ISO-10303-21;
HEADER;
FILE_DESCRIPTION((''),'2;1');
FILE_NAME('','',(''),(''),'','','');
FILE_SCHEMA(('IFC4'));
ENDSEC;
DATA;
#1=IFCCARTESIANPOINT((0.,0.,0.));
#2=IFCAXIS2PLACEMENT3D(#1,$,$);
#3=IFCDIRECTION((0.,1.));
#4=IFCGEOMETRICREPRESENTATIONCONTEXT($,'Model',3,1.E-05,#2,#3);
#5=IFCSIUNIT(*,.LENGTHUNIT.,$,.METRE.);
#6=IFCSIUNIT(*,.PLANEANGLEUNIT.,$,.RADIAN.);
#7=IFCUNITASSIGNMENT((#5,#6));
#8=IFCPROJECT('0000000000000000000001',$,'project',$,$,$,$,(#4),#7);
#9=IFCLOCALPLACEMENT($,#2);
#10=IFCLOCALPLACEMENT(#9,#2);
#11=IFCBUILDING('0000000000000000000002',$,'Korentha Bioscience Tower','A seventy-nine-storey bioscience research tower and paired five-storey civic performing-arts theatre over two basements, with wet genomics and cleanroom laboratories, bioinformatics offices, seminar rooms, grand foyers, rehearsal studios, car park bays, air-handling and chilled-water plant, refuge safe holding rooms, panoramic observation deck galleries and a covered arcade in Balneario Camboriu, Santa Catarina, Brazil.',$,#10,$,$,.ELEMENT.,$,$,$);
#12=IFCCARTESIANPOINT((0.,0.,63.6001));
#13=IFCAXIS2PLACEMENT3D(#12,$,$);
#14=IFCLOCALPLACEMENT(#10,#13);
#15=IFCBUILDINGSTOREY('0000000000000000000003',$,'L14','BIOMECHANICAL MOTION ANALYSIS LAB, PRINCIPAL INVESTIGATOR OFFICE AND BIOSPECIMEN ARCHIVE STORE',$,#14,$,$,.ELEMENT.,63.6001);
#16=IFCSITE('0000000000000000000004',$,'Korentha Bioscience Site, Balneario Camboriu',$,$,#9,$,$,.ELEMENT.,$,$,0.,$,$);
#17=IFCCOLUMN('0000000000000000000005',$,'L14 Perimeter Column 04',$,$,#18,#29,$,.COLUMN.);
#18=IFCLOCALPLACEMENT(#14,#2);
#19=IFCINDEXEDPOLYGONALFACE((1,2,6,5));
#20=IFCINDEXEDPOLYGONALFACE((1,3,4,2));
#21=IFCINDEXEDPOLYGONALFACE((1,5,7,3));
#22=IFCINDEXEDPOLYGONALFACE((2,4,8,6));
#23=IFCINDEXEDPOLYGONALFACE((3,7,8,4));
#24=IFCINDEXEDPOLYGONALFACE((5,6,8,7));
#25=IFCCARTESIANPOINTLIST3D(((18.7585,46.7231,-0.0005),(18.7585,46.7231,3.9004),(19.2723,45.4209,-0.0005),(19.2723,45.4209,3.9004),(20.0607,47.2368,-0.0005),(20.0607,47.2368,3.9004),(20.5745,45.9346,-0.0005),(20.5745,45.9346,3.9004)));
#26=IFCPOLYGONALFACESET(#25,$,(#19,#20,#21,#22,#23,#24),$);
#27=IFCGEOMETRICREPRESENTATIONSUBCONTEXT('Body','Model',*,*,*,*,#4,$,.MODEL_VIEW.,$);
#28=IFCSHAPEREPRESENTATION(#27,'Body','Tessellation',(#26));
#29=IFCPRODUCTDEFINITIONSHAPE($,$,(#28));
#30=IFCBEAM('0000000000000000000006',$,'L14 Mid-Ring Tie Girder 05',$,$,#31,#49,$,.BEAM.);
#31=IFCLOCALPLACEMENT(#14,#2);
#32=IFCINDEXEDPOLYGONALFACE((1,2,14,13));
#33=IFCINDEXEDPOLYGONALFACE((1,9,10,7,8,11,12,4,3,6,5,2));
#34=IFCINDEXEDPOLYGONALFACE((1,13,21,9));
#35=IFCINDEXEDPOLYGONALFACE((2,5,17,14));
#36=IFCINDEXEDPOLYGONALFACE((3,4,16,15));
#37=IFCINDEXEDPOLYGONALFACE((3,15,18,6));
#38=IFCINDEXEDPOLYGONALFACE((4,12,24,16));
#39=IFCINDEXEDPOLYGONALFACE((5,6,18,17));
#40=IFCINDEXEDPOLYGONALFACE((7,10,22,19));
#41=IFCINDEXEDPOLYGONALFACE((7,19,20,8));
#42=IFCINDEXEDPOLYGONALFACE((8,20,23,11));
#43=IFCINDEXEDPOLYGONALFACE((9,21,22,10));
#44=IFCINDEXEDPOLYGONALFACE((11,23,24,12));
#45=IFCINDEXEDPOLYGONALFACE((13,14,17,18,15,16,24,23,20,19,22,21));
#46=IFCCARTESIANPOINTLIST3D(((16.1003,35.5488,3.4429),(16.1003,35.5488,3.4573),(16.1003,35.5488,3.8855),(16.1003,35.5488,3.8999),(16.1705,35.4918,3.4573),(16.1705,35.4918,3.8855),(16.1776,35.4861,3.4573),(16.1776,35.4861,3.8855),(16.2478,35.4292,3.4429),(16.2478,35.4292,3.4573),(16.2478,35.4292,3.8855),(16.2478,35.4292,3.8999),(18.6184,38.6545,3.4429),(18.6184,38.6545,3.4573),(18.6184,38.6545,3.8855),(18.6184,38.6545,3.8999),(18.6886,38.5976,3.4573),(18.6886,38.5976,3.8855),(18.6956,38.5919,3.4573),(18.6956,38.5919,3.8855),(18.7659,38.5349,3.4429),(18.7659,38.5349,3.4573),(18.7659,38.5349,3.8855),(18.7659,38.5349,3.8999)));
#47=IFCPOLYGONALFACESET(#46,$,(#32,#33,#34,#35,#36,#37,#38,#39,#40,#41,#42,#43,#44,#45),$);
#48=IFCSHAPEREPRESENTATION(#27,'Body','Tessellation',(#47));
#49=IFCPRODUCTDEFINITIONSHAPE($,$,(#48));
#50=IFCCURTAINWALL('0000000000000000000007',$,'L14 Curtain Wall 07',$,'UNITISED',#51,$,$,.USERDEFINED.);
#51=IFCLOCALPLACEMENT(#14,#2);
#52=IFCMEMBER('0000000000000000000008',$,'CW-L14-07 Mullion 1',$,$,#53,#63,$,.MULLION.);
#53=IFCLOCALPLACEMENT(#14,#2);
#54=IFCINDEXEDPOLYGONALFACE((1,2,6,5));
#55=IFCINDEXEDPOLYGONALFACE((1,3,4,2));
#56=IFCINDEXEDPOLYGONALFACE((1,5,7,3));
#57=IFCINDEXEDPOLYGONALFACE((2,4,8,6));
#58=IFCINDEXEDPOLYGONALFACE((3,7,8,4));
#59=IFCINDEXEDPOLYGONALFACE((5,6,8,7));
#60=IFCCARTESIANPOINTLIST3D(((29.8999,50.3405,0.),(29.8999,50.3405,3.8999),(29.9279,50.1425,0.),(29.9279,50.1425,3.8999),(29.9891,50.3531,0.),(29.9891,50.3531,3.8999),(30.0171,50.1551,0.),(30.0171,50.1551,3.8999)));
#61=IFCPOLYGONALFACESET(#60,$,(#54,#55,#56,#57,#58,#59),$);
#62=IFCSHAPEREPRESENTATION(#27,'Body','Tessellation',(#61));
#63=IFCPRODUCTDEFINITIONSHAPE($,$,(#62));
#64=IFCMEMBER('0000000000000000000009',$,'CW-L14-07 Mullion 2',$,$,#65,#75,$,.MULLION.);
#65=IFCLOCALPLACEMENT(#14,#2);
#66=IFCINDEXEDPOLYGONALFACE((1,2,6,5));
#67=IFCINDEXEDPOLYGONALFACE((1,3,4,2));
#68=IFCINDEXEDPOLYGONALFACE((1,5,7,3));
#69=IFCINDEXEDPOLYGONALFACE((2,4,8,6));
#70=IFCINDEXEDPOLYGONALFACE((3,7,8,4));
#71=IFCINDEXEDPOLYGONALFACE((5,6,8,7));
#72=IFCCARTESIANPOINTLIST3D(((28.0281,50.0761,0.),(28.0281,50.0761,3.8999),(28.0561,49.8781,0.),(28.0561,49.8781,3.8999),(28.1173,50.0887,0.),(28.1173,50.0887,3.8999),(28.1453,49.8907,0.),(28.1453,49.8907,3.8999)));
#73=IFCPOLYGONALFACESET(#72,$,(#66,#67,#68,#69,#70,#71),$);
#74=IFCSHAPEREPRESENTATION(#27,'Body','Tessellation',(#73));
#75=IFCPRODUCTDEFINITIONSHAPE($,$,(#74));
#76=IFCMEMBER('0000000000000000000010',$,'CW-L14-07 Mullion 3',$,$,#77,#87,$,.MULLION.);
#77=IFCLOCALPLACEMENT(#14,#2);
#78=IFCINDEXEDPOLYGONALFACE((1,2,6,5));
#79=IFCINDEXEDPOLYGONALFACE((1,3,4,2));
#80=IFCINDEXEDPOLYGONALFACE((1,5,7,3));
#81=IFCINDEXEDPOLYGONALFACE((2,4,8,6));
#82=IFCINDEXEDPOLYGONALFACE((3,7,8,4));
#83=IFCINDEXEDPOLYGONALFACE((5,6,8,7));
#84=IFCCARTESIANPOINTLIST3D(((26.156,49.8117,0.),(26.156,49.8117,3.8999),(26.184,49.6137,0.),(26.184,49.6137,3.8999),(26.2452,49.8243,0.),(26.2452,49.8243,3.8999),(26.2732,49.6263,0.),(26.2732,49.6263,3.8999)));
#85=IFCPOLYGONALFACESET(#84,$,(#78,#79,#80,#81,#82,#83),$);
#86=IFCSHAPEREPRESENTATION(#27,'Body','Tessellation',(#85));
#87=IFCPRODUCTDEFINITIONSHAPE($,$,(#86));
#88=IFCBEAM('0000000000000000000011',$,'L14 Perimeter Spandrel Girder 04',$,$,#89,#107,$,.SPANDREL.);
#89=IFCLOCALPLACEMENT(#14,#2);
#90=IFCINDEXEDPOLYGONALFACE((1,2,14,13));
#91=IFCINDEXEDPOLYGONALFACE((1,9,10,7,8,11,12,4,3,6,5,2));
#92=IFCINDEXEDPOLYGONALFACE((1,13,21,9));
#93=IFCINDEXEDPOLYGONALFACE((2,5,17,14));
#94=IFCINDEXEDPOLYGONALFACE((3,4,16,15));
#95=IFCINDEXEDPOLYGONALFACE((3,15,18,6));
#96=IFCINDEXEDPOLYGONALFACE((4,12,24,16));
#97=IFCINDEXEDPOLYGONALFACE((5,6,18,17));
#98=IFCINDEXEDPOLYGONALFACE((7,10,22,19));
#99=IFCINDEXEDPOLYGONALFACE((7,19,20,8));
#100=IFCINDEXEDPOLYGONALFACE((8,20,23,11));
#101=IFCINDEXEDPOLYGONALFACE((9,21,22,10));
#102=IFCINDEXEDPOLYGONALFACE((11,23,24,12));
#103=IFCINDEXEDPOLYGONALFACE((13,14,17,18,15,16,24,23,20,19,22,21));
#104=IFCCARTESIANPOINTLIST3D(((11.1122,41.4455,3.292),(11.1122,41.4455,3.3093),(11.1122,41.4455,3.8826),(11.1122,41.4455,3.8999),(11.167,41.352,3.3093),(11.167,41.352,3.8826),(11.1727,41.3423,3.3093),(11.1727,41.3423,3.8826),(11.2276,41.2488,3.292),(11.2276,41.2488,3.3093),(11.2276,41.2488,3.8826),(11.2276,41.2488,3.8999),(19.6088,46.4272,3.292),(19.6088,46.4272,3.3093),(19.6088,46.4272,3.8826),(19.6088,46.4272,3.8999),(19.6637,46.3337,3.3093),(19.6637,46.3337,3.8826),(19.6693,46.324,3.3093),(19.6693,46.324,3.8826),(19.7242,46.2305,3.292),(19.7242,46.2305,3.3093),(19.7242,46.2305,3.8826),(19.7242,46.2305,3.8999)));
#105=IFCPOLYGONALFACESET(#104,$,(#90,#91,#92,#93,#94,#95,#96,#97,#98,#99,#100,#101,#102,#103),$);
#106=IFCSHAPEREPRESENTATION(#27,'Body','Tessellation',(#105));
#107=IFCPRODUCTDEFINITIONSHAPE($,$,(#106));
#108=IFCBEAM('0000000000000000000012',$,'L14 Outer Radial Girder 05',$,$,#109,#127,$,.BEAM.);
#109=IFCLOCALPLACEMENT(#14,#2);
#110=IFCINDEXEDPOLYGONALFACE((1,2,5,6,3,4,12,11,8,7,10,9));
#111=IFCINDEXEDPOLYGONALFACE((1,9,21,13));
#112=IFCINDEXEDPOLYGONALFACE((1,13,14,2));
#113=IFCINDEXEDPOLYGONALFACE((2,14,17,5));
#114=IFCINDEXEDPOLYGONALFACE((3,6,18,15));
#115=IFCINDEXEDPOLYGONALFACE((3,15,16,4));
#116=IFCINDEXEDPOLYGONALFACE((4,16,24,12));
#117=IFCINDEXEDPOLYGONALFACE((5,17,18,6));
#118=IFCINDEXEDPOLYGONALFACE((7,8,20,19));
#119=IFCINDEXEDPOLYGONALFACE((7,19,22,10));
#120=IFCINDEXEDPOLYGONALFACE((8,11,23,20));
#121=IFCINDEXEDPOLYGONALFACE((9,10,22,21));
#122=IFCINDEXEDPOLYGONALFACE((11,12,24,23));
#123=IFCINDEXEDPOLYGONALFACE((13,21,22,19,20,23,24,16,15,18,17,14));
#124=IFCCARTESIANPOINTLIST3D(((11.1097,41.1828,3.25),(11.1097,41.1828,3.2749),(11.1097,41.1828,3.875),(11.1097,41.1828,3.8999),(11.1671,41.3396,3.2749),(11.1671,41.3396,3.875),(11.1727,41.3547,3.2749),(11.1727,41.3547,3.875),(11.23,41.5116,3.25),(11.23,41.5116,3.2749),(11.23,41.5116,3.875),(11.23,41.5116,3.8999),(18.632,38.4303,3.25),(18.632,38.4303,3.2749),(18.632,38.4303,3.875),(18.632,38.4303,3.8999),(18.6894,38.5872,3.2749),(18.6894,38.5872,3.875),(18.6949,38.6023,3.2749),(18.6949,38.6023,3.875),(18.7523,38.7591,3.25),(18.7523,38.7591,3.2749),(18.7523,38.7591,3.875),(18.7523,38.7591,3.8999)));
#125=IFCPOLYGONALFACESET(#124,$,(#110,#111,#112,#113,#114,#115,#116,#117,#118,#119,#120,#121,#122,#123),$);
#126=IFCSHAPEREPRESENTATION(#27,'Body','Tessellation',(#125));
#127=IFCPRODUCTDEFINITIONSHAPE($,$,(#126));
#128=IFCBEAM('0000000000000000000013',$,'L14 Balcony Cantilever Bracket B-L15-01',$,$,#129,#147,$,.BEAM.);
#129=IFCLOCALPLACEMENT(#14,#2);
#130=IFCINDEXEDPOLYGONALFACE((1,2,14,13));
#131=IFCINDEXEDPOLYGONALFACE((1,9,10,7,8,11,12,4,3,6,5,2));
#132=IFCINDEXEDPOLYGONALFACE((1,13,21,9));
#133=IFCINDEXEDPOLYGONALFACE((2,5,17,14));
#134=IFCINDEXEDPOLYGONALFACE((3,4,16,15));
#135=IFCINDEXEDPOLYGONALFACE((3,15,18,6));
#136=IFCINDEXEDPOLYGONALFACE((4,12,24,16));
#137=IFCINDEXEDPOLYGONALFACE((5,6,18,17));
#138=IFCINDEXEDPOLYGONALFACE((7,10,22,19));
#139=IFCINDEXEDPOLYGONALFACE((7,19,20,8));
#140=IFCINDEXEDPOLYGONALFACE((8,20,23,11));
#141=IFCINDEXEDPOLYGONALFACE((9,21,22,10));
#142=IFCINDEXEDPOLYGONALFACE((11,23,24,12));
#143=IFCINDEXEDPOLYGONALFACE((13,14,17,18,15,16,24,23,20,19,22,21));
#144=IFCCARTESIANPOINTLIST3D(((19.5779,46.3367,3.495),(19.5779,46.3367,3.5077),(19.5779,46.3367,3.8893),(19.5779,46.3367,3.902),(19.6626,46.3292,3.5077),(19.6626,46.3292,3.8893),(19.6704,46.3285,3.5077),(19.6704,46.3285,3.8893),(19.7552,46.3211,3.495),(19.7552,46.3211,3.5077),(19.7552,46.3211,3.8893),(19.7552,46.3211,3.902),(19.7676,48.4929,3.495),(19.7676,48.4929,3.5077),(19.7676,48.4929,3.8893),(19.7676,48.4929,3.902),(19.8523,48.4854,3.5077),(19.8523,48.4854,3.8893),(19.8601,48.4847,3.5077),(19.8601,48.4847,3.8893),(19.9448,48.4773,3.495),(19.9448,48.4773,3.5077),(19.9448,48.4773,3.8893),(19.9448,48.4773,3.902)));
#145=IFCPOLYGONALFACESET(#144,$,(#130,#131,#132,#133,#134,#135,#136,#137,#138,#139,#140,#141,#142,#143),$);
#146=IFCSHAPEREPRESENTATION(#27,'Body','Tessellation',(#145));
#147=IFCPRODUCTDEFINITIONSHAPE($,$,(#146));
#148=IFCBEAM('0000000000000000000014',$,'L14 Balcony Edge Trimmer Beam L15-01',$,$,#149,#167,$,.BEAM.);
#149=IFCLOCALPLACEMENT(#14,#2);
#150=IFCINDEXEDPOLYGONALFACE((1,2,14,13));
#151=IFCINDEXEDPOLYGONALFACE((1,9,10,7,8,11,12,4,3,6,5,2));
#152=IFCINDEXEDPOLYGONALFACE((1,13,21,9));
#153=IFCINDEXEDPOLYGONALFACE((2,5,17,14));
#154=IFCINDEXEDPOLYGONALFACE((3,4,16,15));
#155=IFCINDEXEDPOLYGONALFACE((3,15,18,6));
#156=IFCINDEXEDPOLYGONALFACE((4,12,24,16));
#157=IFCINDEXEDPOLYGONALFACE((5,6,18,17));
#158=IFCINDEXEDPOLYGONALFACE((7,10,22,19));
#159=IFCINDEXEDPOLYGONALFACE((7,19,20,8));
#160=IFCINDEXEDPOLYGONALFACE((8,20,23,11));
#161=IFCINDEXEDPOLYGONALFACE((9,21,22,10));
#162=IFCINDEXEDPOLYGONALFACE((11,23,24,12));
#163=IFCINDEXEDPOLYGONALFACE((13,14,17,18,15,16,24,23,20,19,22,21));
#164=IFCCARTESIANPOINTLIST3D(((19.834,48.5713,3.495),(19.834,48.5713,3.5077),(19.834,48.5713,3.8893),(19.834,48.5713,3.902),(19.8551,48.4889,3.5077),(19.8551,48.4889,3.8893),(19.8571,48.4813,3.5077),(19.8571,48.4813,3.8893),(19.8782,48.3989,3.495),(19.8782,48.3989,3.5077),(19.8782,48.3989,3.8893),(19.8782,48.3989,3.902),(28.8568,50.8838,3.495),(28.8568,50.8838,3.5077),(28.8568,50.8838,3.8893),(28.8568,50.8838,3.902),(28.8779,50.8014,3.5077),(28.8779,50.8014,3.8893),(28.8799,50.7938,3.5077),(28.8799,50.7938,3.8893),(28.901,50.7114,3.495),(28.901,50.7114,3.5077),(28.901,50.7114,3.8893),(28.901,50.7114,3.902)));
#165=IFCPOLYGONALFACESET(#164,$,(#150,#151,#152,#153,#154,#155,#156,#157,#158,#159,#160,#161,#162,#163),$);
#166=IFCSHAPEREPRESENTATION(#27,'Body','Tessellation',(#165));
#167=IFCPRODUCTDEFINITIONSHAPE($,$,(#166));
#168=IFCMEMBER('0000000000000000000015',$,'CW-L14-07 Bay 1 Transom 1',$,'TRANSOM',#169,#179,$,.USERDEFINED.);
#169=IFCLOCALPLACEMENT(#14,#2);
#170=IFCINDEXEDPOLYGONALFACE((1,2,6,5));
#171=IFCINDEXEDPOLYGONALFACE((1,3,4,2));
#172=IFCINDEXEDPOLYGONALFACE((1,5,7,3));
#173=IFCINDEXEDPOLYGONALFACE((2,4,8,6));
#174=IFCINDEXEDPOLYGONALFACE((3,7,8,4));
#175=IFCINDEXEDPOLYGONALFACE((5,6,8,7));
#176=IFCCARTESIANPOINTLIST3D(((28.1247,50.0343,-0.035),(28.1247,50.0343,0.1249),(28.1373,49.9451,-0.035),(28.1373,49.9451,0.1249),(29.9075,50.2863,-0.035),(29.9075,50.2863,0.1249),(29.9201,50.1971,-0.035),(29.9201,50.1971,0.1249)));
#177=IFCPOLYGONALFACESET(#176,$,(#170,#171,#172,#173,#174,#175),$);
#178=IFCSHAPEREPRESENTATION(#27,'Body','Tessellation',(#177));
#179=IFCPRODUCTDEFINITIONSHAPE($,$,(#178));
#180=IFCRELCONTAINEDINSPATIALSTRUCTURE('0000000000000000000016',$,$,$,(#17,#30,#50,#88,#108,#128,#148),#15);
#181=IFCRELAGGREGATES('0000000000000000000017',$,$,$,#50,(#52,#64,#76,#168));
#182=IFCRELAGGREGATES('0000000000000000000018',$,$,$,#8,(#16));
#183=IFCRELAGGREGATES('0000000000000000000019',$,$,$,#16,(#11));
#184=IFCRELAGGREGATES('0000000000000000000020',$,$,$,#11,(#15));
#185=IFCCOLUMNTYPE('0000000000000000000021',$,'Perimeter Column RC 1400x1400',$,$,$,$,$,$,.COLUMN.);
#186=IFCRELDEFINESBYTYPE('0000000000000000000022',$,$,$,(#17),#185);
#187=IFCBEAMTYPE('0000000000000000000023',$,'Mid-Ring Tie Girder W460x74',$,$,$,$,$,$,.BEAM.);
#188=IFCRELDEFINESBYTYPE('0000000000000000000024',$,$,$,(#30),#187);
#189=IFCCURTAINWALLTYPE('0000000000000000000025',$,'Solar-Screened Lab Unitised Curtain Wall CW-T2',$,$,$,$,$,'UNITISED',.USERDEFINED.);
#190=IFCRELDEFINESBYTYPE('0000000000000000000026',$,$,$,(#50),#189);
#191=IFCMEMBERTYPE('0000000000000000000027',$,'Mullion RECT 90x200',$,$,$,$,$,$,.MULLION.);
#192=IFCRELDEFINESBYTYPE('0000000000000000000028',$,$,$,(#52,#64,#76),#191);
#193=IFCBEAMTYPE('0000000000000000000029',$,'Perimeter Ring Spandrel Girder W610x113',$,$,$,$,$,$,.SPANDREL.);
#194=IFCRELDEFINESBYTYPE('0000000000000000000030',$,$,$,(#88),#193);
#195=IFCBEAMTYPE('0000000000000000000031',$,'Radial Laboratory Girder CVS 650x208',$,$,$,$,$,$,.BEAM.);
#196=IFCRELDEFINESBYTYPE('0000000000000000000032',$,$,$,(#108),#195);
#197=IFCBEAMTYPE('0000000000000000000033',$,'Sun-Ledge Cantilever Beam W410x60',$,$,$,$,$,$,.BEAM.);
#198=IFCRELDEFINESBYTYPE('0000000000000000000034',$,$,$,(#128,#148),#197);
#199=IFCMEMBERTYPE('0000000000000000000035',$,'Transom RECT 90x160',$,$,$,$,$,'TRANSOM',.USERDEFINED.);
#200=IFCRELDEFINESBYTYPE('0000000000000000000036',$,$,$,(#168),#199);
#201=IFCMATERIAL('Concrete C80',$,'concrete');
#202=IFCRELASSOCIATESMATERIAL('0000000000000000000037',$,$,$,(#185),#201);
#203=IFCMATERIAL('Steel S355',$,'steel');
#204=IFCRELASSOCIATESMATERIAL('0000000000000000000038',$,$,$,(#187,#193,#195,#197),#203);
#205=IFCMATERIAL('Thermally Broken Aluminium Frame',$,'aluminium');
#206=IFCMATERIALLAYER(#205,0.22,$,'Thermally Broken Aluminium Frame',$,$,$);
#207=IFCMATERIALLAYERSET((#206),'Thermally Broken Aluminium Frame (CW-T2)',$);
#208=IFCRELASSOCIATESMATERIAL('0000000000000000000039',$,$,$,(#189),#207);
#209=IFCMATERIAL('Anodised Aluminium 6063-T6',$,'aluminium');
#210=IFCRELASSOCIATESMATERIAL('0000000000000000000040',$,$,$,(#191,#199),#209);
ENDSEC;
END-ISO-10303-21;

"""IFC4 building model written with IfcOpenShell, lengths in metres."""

from ifc_helpers import new_model, si_unit, direction, frame, origin, origin_2d, place, context, subcontext, project, spatial, rectangle, i_section, extrude, material, layer, layer_set, material_profile, profile_set, type_object, element, aggregate, save


model = new_model("IFC4")

# Units and contexts
model_context = context("Model", 3, precision=1e-05, world=origin(), true_north=direction((0.0, 1.0)))
body_context = subcontext(model_context, "Body", "Model", "MODEL_VIEW")
ifc_project = project(units=[si_unit("LENGTHUNIT", "METRE"), si_unit("PLANEANGLEUNIT", "RADIAN")], contexts=[model_context])

# Site, building, storey
site_placement = place(None, origin())
site = spatial("IfcSite", under=ifc_project, at=site_placement, Name="Korentha Bioscience Site, Balneario Camboriu", CompositionType="ELEMENT", RefElevation=0.0)
building_placement = place(site_placement, origin())
building = spatial("IfcBuilding", under=site, at=building_placement, Name="Korentha Bioscience Tower", Description="A seventy-nine-storey bioscience research tower and paired five-storey civic performing-arts theatre over two basements, with wet genomics and cleanroom laboratories, bioinformatics offices, seminar rooms, grand foyers, rehearsal studios, car park bays, air-handling and chilled-water plant, refuge safe holding rooms, panoramic observation deck galleries and a covered arcade in Balneario Camboriu, Santa Catarina, Brazil.", CompositionType="ELEMENT")
storey_placement = place(building_placement, frame((0.0, 0.0, 63.6001)))
storey = spatial("IfcBuildingStorey", under=building, at=storey_placement, Name="L14", Description="BIOMECHANICAL MOTION ANALYSIS LAB, PRINCIPAL INVESTIGATOR OFFICE AND BIOSPECIMEN ARCHIVE STORE", CompositionType="ELEMENT", Elevation=63.6001)

# Column
ifc_material_1 = material(Name="Concrete C80", Category="concrete")
ifc_material_profile_1 = material_profile(ifc_material_1, rectangle(XDim=1.3999, YDim=1.3999, at=origin_2d()), Name="Concrete C80")
ifc_profile_set_1 = profile_set([ifc_material_profile_1], Name="Concrete C80 (COL-P14)")
column_type = type_object("IfcColumnType", Name="Perimeter Column RC 1400x1400", PredefinedType="COLUMN", material=ifc_profile_set_1)
column_placement = place(storey_placement, frame((19.6665, 46.3289, -0.0005), z_axis=(0.0, 0.0, 1.0), x_axis=(0.930226, 0.366988, 0.0)))
element("IfcColumn", 1, at=column_placement, inside=storey, type_object=column_type, Name="L14 Perimeter Column 04", PredefinedType="COLUMN", context=body_context, shape_type="SweptSolid", body=[
    extrude(rectangle(XDim=1.3999, YDim=1.3999, at=origin_2d()), origin(), (0.0, 0.0, 1.0), 3.9009),
])

# Beam
ifc_material_2 = material(Name="Steel S355", Category="steel")
ifc_material_profile_2 = material_profile(ifc_material_2, i_section(OverallWidth=0.1899, OverallDepth=0.457, WebThickness=0.009, FlangeThickness=0.0144, at=origin_2d()), Name="Steel S355")
ifc_profile_set_2 = profile_set([ifc_material_profile_2], Name="Steel S355 (MB-460)")
beam_type_1 = type_object("IfcBeamType", Name="Mid-Ring Tie Girder W460x74", PredefinedType="BEAM", material=ifc_profile_set_2)
beam_1_placement = place(storey_placement, frame((18.6921, 38.5947, 3.6714), z_axis=(-0.62979, -0.776765, 0.0), x_axis=(0.776765, -0.62979, 0.0)))
element("IfcBeam", 2, at=beam_1_placement, inside=storey, type_object=beam_type_1, Name="L14 Mid-Ring Tie Girder 05", PredefinedType="BEAM", context=body_context, shape_type="SweptSolid", body=[
    extrude(i_section(OverallWidth=0.1899, OverallDepth=0.457, WebThickness=0.009, FlangeThickness=0.0144, at=origin_2d()), origin(), (0.0, 0.0, 1.0), 3.9983),
])

# Curtain wall, members
ifc_material_3 = material(Name="Thermally Broken Aluminium Frame", Category="aluminium")
ifc_layer_1 = layer(ifc_material_3, 0.22, Name="Thermally Broken Aluminium Frame")
ifc_layer_set_1 = layer_set([ifc_layer_1], Name="Thermally Broken Aluminium Frame (CW-T2)")
curtain_wall_type = type_object("IfcCurtainWallType", Name="Solar-Screened Lab Unitised Curtain Wall CW-T2", ElementType="UNITISED", PredefinedType="USERDEFINED", material=ifc_layer_set_1)
curtain_wall_placement = place(storey_placement, origin())
curtain_wall = element("IfcCurtainWall", 3, at=curtain_wall_placement, inside=storey, type_object=curtain_wall_type, Name="L14 Curtain Wall 07", ObjectType="UNITISED", PredefinedType="USERDEFINED")
ifc_material_4 = material(Name="Anodised Aluminium 6063-T6", Category="aluminium")
ifc_material_profile_3 = material_profile(ifc_material_4, rectangle(XDim=0.0901, YDim=0.2, at=origin_2d()), Name="Anodised Aluminium 6063-T6")
ifc_profile_set_3 = profile_set([ifc_material_profile_3], Name="Anodised Aluminium 6063-T6 (CW-MUL)")
member_type_1 = type_object("IfcMemberType", Name="Mullion RECT 90x200", PredefinedType="MULLION", material=ifc_profile_set_3)
member_1_placement = place(storey_placement, frame((29.9585, 50.2478, 0.0), z_axis=(0.0, 0.0, 1.0), x_axis=(-0.990167, -0.139888, 0.0)))
member_1 = element("IfcMember", 4, at=member_1_placement, type_object=member_type_1, Name="CW-L14-07 Mullion 1", PredefinedType="MULLION", context=body_context, shape_type="SweptSolid", body=[
    extrude(rectangle(XDim=0.0901, YDim=0.2, at=origin_2d()), origin(), (0.0, 0.0, 1.0), 3.8999),
])
member_2_placement = place(storey_placement, frame((28.0867, 49.9834, 0.0), z_axis=(0.0, 0.0, 1.0), x_axis=(-0.990167, -0.139888, 0.0)))
member_2 = element("IfcMember", 5, at=member_2_placement, type_object=member_type_1, Name="CW-L14-07 Mullion 2", PredefinedType="MULLION", context=body_context, shape_type="SweptSolid", body=[
    extrude(rectangle(XDim=0.0901, YDim=0.2, at=origin_2d()), origin(), (0.0, 0.0, 1.0), 3.8999),
])
member_3_placement = place(storey_placement, frame((26.2146, 49.719, 0.0), z_axis=(0.0, 0.0, 1.0), x_axis=(-0.990167, -0.139888, 0.0)))
member_3 = element("IfcMember", 6, at=member_3_placement, type_object=member_type_1, Name="CW-L14-07 Mullion 3", PredefinedType="MULLION", context=body_context, shape_type="SweptSolid", body=[
    extrude(rectangle(XDim=0.0901, YDim=0.2, at=origin_2d()), origin(), (0.0, 0.0, 1.0), 3.8999),
])

# Beams
ifc_material_profile_4 = material_profile(ifc_material_2, i_section(OverallWidth=0.228, OverallDepth=0.6079, WebThickness=0.0112, FlangeThickness=0.0173, at=origin_2d()), Name="Steel S355")
ifc_profile_set_4 = profile_set([ifc_material_profile_4], Name="Steel S355 (SB-610)")
beam_type_2 = type_object("IfcBeamType", Name="Perimeter Ring Spandrel Girder W610x113", PredefinedType="SPANDREL", material=ifc_profile_set_4)
beam_2_placement = place(storey_placement, frame((19.6665, 46.3289, 3.5959), z_axis=(-0.862657, -0.50579, 0.0), x_axis=(0.50579, -0.862657, 0.0)))
element("IfcBeam", 7, at=beam_2_placement, inside=storey, type_object=beam_type_2, Name="L14 Perimeter Spandrel Girder 04", PredefinedType="SPANDREL", context=body_context, shape_type="SweptSolid", body=[
    extrude(i_section(OverallWidth=0.228, OverallDepth=0.6079, WebThickness=0.0112, FlangeThickness=0.0173, at=origin_2d()), origin(), (0.0, 0.0, 1.0), 9.8494),
])
ifc_material_profile_5 = material_profile(ifc_material_2, i_section(OverallWidth=0.3501, OverallDepth=0.6499, WebThickness=0.0161, FlangeThickness=0.0249, at=origin_2d()), Name="Steel S355")
ifc_profile_set_5 = profile_set([ifc_material_profile_5], Name="Steel S355 (RB-650)")
beam_type_3 = type_object("IfcBeamType", Name="Radial Laboratory Girder CVS 650x208", PredefinedType="BEAM", material=ifc_profile_set_5)
beam_3_placement = place(storey_placement, frame((18.6921, 38.5947, 3.575), z_axis=(-0.939106, 0.343627, 0.0), x_axis=(-0.343627, -0.939106, 0.0)))
element("IfcBeam", 8, at=beam_3_placement, inside=storey, type_object=beam_type_3, Name="L14 Outer Radial Girder 05", PredefinedType="BEAM", context=body_context, shape_type="SweptSolid", body=[
    extrude(i_section(OverallWidth=0.3501, OverallDepth=0.6499, WebThickness=0.0161, FlangeThickness=0.0249, at=origin_2d()), origin(), (0.0, 0.0, 1.0), 8.01),
])
ifc_material_profile_6 = material_profile(ifc_material_2, i_section(OverallWidth=0.178, OverallDepth=0.407, WebThickness=0.0078, FlangeThickness=0.0127, at=origin_2d()), Name="Steel S355")
ifc_profile_set_6 = profile_set([ifc_material_profile_6], Name="Steel S355 (CB-410)")
beam_type_4 = type_object("IfcBeamType", Name="Sun-Ledge Cantilever Beam W410x60", PredefinedType="BEAM", material=ifc_profile_set_6)
beam_4_placement = place(storey_placement, frame((19.6665, 46.3289, 3.6985), z_axis=(0.087637, 0.996152, 0.0), x_axis=(-0.996152, 0.087637, 0.0)))
element("IfcBeam", 9, at=beam_4_placement, inside=storey, type_object=beam_type_4, Name="L14 Balcony Cantilever Bracket B-L15-01", PredefinedType="BEAM", context=body_context, shape_type="SweptSolid", body=[
    extrude(i_section(OverallWidth=0.178, OverallDepth=0.407, WebThickness=0.0078, FlangeThickness=0.0127, at=origin_2d()), origin(), (0.0, 0.0, 1.0), 2.1646),
])
beam_5_placement = place(storey_placement, frame((28.8789, 50.7976, 3.6985), z_axis=(-0.96869, -0.248273, 0.0), x_axis=(0.248273, -0.96869, 0.0)))
element("IfcBeam", 10, at=beam_5_placement, inside=storey, type_object=beam_type_4, Name="L14 Balcony Edge Trimmer Beam L15-01", PredefinedType="BEAM", context=body_context, shape_type="SweptSolid", body=[
    extrude(i_section(OverallWidth=0.178, OverallDepth=0.407, WebThickness=0.0078, FlangeThickness=0.0127, at=origin_2d()), origin(), (0.0, 0.0, 1.0), 9.3145),
])

# Member
ifc_material_profile_7 = material_profile(ifc_material_4, rectangle(XDim=0.0901, YDim=0.1599, at=origin_2d()), Name="Anodised Aluminium 6063-T6")
ifc_profile_set_7 = profile_set([ifc_material_profile_7], Name="Anodised Aluminium 6063-T6 (CW-TRN)")
member_type_2 = type_object("IfcMemberType", Name="Transom RECT 90x160", ElementType="TRANSOM", PredefinedType="USERDEFINED", material=ifc_profile_set_7)
member_4_placement = place(storey_placement, frame((29.9138, 50.2417, 0.0449), z_axis=(-0.99016, -0.13994, 0.0), x_axis=(0.13994, -0.99016, 0.0)))
member_4 = element("IfcMember", 11, at=member_4_placement, type_object=member_type_2, Name="CW-L14-07 Bay 1 Transom 1", ObjectType="TRANSOM", PredefinedType="USERDEFINED", context=body_context, shape_type="SweptSolid", body=[
    extrude(rectangle(XDim=0.0901, YDim=0.1599, at=origin_2d()), origin(), (0.0, 0.0, 1.0), 1.8005),
])

aggregate(curtain_wall, [member_1, member_2, member_3, member_4])

save(model, "model.ifc")
